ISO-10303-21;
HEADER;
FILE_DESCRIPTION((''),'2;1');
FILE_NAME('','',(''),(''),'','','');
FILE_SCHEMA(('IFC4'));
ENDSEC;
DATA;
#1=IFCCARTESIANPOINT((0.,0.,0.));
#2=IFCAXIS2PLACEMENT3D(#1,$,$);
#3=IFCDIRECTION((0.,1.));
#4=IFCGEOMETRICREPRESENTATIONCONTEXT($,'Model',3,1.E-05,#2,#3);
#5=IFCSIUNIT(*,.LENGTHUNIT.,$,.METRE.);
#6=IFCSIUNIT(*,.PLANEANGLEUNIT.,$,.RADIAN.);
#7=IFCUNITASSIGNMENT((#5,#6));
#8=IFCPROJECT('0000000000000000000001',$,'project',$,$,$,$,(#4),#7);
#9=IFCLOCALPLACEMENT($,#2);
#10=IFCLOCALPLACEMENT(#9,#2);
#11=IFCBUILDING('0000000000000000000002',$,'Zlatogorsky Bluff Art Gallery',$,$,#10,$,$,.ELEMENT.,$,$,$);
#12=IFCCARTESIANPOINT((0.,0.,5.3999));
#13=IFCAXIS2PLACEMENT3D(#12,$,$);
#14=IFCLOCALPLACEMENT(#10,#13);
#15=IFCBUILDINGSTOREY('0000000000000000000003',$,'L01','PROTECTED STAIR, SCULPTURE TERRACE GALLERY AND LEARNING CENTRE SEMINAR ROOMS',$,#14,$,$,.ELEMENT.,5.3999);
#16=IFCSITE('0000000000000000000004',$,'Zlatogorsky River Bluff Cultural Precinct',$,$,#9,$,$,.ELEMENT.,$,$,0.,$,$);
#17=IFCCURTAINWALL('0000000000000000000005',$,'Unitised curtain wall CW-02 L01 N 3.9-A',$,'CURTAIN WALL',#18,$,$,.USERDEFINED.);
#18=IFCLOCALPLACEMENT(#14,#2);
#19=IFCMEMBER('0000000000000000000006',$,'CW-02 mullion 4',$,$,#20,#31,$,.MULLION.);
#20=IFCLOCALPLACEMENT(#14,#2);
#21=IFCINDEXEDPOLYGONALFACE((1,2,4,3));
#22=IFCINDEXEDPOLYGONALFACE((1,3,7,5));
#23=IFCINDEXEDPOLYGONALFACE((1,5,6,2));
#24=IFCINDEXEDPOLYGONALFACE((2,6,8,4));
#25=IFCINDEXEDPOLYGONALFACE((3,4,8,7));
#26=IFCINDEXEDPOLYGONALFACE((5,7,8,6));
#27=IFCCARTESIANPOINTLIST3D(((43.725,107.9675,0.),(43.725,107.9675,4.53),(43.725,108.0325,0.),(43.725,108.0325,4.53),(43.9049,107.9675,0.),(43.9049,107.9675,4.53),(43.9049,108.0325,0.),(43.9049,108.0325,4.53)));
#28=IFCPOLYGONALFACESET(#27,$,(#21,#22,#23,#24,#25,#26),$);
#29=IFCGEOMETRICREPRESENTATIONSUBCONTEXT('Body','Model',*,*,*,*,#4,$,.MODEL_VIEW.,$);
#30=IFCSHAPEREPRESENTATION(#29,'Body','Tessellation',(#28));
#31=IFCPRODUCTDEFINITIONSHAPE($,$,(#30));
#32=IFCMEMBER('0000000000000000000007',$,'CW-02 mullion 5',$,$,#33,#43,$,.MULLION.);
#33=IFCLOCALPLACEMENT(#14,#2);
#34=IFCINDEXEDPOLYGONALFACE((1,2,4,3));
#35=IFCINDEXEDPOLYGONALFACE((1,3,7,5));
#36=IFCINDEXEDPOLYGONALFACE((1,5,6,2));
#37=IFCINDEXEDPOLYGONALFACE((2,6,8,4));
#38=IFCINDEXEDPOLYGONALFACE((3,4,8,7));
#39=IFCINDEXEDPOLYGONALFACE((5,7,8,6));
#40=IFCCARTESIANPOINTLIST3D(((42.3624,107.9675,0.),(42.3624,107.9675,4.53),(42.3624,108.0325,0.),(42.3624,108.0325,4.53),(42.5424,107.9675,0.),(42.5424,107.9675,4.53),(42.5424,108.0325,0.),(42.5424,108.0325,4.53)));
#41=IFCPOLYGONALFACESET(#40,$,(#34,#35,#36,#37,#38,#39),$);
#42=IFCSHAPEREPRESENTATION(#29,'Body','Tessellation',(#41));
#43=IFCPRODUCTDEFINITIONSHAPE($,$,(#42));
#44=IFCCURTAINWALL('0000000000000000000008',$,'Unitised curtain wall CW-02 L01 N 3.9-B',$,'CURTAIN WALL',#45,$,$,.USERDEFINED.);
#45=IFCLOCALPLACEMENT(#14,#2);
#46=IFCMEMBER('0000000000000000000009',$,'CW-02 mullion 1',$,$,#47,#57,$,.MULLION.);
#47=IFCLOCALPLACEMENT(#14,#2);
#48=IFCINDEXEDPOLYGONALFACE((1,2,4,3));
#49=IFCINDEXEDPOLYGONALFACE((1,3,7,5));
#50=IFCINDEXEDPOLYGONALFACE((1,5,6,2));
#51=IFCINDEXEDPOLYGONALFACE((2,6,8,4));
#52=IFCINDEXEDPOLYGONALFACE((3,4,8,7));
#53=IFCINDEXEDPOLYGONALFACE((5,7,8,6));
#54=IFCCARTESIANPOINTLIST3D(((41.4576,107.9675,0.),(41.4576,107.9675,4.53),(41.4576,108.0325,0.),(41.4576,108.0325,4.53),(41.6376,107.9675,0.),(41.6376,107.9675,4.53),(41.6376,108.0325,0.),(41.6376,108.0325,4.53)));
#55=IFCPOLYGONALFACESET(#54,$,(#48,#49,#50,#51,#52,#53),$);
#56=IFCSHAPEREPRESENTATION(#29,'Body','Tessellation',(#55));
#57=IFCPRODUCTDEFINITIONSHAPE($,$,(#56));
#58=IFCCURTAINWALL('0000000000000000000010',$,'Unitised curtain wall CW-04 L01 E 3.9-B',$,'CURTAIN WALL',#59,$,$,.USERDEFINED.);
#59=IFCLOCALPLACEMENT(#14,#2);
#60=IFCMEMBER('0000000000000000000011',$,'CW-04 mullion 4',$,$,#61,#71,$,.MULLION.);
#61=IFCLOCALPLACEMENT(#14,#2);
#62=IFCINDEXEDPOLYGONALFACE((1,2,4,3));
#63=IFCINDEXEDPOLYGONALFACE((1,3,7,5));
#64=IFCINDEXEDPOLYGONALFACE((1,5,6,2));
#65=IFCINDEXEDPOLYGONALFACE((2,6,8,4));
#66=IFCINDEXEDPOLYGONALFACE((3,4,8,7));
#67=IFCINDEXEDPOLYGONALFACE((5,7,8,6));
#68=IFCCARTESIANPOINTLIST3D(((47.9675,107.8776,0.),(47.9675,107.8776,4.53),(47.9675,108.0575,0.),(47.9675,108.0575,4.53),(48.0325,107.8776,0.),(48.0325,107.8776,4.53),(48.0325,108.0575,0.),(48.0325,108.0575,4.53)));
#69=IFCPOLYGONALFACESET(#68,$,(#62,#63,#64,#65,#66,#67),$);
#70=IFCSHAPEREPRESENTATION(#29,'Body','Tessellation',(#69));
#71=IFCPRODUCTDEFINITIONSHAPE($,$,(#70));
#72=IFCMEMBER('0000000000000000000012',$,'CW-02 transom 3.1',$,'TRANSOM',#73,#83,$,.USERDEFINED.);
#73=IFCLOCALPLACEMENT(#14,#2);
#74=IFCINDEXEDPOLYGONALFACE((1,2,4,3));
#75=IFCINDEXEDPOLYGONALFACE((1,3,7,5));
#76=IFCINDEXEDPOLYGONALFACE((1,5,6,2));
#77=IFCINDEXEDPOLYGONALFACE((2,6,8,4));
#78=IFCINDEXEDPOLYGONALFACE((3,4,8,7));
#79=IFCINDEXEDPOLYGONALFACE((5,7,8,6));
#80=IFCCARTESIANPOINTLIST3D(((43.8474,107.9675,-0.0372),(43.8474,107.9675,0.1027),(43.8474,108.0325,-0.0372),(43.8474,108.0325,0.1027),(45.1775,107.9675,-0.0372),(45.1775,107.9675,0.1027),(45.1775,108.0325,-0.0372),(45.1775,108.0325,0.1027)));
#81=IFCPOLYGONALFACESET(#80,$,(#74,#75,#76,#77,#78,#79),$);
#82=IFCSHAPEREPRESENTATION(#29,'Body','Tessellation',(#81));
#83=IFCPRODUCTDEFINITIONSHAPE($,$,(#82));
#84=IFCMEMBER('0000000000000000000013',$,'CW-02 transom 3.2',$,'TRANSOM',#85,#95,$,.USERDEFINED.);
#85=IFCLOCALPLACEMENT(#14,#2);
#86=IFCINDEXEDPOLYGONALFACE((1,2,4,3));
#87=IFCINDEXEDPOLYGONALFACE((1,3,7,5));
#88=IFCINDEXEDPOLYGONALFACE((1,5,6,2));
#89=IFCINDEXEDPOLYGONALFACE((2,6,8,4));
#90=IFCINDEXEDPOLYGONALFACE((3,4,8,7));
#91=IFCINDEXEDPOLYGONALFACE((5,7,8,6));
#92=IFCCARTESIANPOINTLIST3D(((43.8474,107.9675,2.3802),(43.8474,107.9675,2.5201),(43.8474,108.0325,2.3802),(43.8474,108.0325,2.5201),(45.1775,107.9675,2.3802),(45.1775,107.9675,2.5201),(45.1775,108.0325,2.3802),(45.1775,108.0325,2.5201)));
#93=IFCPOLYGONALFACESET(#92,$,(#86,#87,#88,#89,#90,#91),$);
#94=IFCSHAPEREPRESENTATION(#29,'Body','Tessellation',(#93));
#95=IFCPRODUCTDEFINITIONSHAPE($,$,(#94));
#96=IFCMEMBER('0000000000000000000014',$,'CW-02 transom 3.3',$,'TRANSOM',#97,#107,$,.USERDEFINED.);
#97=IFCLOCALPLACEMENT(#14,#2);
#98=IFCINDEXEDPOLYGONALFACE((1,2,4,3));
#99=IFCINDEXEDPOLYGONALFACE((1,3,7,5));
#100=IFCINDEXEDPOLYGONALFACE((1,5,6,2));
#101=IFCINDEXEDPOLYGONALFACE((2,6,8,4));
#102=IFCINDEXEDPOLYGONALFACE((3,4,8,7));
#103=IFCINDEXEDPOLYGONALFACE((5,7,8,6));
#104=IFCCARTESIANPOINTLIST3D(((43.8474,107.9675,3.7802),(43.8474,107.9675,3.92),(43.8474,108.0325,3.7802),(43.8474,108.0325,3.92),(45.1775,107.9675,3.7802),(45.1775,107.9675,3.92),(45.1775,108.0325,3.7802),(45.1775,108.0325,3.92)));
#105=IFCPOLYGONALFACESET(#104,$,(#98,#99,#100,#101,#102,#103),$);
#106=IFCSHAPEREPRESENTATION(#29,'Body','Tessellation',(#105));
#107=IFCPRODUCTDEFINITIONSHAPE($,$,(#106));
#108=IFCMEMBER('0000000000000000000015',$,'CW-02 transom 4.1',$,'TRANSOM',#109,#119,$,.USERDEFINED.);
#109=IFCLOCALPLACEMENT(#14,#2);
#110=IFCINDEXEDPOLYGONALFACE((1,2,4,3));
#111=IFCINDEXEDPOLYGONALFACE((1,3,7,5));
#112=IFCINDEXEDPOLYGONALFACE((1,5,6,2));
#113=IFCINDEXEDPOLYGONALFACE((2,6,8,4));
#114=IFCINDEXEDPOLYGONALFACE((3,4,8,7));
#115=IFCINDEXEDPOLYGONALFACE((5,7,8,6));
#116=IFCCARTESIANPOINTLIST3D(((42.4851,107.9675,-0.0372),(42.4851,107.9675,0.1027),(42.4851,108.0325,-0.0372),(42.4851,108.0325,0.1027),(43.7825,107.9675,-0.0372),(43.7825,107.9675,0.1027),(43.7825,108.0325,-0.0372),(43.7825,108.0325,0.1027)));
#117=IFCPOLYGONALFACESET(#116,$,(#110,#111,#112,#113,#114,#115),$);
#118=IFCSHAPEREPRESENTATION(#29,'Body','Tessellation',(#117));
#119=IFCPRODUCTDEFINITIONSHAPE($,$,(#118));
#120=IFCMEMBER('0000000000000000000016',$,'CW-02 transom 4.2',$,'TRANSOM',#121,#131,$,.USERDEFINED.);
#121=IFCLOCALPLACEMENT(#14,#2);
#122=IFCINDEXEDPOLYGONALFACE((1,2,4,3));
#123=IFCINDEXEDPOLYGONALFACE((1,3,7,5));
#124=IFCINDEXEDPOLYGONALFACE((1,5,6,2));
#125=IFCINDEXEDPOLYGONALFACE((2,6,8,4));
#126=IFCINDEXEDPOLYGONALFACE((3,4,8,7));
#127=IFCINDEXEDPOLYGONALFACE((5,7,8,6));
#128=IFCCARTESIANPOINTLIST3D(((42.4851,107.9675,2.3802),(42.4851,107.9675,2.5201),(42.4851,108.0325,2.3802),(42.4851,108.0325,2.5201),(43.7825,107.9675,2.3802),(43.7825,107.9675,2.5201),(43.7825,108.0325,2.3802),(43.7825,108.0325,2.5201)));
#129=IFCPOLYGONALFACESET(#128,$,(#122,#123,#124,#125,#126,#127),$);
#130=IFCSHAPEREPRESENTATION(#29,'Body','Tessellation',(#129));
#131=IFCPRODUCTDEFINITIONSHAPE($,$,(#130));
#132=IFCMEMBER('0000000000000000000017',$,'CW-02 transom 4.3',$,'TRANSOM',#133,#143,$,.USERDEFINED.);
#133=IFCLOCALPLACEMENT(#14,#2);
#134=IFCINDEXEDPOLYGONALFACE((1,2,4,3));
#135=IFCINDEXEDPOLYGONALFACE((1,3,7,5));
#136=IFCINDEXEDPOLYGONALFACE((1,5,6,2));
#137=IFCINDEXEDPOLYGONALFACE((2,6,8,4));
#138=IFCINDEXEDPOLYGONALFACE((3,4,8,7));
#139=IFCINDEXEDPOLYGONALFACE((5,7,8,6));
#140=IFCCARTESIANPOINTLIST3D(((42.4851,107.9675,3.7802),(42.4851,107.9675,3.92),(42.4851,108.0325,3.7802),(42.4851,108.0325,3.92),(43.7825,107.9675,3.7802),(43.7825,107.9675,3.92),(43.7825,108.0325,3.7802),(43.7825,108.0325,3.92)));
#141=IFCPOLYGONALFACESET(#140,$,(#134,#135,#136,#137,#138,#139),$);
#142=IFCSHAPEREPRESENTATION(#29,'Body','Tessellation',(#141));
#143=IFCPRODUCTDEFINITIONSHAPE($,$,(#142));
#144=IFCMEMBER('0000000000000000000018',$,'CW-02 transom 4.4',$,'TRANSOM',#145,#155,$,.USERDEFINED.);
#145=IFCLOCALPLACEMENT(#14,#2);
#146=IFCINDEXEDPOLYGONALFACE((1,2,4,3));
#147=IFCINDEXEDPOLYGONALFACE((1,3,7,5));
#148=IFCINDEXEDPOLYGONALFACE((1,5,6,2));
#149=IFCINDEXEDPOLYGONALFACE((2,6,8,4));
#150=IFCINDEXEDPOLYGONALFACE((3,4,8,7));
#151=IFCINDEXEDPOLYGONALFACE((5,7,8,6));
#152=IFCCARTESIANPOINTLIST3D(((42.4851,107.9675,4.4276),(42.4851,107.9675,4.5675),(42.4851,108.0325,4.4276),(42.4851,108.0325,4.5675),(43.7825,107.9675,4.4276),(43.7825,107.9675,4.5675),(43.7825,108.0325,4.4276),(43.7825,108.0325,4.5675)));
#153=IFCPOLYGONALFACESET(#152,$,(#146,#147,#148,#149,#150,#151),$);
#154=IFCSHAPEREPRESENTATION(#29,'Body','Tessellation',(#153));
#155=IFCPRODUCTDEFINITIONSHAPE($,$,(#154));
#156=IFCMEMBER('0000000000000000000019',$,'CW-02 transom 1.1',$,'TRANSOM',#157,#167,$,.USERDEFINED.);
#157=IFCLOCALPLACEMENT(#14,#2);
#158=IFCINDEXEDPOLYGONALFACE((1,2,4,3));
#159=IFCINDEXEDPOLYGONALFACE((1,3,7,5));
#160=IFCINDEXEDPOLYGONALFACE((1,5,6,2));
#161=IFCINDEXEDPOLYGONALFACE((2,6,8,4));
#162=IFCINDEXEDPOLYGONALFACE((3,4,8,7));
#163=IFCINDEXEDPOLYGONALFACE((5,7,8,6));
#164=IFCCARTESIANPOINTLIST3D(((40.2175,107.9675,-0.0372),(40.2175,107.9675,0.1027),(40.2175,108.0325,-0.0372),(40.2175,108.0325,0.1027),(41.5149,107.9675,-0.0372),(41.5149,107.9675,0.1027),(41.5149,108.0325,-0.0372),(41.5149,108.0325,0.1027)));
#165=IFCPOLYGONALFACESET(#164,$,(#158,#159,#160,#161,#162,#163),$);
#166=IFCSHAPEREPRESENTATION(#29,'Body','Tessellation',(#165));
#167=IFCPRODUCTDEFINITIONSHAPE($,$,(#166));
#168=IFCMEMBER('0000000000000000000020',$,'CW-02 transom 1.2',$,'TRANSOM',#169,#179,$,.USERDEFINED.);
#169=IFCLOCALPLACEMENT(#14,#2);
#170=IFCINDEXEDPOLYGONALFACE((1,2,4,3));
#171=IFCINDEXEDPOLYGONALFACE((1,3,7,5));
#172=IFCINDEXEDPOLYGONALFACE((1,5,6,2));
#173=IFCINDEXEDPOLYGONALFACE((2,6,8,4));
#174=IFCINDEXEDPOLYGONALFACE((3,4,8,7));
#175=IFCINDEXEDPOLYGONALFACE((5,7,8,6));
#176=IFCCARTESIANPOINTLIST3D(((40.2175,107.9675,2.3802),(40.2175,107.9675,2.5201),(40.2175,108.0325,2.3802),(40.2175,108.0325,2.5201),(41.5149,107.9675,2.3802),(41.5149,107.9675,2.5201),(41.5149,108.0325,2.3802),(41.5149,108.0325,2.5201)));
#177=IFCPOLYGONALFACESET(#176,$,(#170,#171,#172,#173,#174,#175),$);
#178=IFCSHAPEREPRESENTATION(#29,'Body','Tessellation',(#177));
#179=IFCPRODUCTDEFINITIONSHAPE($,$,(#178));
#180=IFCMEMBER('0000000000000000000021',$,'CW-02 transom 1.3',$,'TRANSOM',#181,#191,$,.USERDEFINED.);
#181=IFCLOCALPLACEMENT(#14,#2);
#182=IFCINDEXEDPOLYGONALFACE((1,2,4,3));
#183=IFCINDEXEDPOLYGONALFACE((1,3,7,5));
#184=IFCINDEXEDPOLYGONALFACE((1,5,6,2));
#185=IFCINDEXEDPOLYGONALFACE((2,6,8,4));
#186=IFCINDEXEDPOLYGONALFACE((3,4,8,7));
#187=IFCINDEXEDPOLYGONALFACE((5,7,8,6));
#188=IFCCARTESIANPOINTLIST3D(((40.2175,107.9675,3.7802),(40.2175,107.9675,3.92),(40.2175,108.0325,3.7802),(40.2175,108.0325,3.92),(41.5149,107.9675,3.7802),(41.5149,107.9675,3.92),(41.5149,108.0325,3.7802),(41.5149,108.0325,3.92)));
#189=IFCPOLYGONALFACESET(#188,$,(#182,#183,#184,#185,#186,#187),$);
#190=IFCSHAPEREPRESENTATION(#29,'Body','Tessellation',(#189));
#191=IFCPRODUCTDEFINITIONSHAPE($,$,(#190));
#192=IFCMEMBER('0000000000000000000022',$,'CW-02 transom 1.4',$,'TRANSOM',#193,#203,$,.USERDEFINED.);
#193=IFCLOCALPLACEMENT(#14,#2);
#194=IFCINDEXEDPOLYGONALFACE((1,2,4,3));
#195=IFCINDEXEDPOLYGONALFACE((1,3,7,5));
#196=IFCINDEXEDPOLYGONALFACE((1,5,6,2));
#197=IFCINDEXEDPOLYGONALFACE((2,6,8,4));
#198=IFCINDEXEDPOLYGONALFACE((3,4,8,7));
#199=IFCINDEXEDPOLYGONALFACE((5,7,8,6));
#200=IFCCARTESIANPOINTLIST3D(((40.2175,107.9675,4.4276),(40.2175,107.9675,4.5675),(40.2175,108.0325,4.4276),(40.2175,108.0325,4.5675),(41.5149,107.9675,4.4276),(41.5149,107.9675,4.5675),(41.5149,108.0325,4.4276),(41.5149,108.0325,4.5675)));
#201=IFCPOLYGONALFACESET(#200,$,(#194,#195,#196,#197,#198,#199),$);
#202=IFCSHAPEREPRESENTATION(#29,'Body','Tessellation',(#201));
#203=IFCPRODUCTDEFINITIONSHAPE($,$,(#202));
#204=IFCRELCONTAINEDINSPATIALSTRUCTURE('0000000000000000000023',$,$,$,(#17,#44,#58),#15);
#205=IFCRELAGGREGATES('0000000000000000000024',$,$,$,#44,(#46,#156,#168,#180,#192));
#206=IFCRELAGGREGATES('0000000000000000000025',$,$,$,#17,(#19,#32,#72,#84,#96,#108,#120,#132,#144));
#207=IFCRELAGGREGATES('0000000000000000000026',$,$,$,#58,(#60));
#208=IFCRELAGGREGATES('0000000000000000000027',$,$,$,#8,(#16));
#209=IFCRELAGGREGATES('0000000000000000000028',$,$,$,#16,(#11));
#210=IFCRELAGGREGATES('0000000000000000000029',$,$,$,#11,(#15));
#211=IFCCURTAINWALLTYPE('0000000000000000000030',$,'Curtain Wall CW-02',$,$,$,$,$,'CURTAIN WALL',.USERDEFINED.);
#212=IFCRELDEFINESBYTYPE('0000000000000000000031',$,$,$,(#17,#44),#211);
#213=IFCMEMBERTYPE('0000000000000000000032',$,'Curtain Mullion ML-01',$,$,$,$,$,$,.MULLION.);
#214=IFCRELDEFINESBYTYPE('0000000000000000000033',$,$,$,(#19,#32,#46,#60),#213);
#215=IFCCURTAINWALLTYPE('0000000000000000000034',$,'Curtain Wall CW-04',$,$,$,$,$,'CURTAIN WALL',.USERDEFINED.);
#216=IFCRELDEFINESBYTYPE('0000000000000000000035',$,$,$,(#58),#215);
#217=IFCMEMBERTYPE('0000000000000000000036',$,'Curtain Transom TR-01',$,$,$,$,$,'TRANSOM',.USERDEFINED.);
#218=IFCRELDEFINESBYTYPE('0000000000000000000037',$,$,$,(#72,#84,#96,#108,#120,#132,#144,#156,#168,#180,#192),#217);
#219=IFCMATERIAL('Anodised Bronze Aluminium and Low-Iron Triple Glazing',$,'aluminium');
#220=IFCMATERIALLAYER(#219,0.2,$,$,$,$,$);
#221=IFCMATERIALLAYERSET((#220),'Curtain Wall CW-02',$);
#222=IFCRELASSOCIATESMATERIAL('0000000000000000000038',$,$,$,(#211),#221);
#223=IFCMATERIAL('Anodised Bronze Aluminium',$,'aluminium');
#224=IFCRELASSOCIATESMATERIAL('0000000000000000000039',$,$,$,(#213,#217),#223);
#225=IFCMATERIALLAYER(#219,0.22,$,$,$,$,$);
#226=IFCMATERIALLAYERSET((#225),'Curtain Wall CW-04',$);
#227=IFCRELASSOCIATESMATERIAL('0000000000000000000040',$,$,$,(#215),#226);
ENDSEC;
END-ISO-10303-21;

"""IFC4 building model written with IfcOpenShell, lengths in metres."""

from ifc_helpers import new_model, si_unit, direction, frame, origin, origin_2d, place, context, subcontext, project, spatial, rectangle, extrude, material, layer, layer_set, material_profile, profile_set, type_object, element, aggregate, save


model = new_model("IFC4")

# Units and contexts
model_context = context("Model", 3, precision=1e-05, world=origin(), true_north=direction((0.0, 1.0)))
body_context = subcontext(model_context, "Body", "Model", "MODEL_VIEW")
ifc_project = project(units=[si_unit("LENGTHUNIT", "METRE"), si_unit("PLANEANGLEUNIT", "RADIAN")], contexts=[model_context])

# Site, building, storey
site_placement = place(None, origin())
site = spatial("IfcSite", under=ifc_project, at=site_placement, Name="Zlatogorsky River Bluff Cultural Precinct", CompositionType="ELEMENT", RefElevation=0.0)
building_placement = place(site_placement, origin())
building = spatial("IfcBuilding", under=site, at=building_placement, Name="Zlatogorsky Bluff Art Gallery", CompositionType="ELEMENT")
storey_placement = place(building_placement, frame((0.0, 0.0, 5.3999)))
storey = spatial("IfcBuildingStorey", under=building, at=storey_placement, Name="L01", Description="PROTECTED STAIR, SCULPTURE TERRACE GALLERY AND LEARNING CENTRE SEMINAR ROOMS", CompositionType="ELEMENT", Elevation=5.3999)

# Curtain wall, members
ifc_material_1 = material(Name="Anodised Bronze Aluminium and Low-Iron Triple Glazing", Category="aluminium")
ifc_layer_1 = layer(ifc_material_1, 0.2)
ifc_layer_set_1 = layer_set([ifc_layer_1], Name="Curtain Wall CW-02")
curtain_wall_type_1 = type_object("IfcCurtainWallType", Name="Curtain Wall CW-02", ElementType="CURTAIN WALL", PredefinedType="USERDEFINED", material=ifc_layer_set_1)
curtain_wall_1_placement = place(storey_placement, origin())
curtain_wall_1 = element("IfcCurtainWall", 1, at=curtain_wall_1_placement, inside=storey, type_object=curtain_wall_type_1, Name="Unitised curtain wall CW-02 L01 N 3.9-A", ObjectType="CURTAIN WALL", PredefinedType="USERDEFINED")
ifc_material_2 = material(Name="Anodised Bronze Aluminium", Category="aluminium")
ifc_material_profile_1 = material_profile(ifc_material_2, rectangle(XDim=0.0649, YDim=0.1799, at=origin_2d()), Name="ALU MULLION 65x180")
ifc_profile_set_1 = profile_set([ifc_material_profile_1], Name="Anodised Bronze Aluminium")
member_type_1 = type_object("IfcMemberType", Name="Curtain Mullion ML-01", PredefinedType="MULLION", material=ifc_profile_set_1)
member_1_placement = place(storey_placement, frame((43.8149, 108.0, 0.0), z_axis=(0.0, 0.0, 1.0), x_axis=(0.0, -1.0, 0.0)))
member_1 = element("IfcMember", 2, at=member_1_placement, type_object=member_type_1, Name="CW-02 mullion 4", PredefinedType="MULLION", context=body_context, shape_type="SweptSolid", body=[
    extrude(rectangle(XDim=0.0649, YDim=0.1799, at=origin_2d()), origin(), (0.0, 0.0, 1.0), 4.53),
])
member_2_placement = place(storey_placement, frame((42.4524, 108.0, 0.0), z_axis=(0.0, 0.0, 1.0), x_axis=(0.0, -1.0, 0.0)))
member_2 = element("IfcMember", 3, at=member_2_placement, type_object=member_type_1, Name="CW-02 mullion 5", PredefinedType="MULLION", context=body_context, shape_type="SweptSolid", body=[
    extrude(rectangle(XDim=0.0649, YDim=0.1799, at=origin_2d()), origin(), (0.0, 0.0, 1.0), 4.53),
])

# Curtain walls, members
curtain_wall_2_placement = place(storey_placement, origin())
curtain_wall_2 = element("IfcCurtainWall", 4, at=curtain_wall_2_placement, inside=storey, type_object=curtain_wall_type_1, Name="Unitised curtain wall CW-02 L01 N 3.9-B", ObjectType="CURTAIN WALL", PredefinedType="USERDEFINED")
member_3_placement = place(storey_placement, frame((41.5476, 108.0, 0.0), z_axis=(0.0, 0.0, 1.0), x_axis=(0.0, -1.0, 0.0)))
member_3 = element("IfcMember", 5, at=member_3_placement, type_object=member_type_1, Name="CW-02 mullion 1", PredefinedType="MULLION", context=body_context, shape_type="SweptSolid", body=[
    extrude(rectangle(XDim=0.0649, YDim=0.1799, at=origin_2d()), origin(), (0.0, 0.0, 1.0), 4.53),
])
ifc_layer_2 = layer(ifc_material_1, 0.22)
ifc_layer_set_2 = layer_set([ifc_layer_2], Name="Curtain Wall CW-04")
curtain_wall_type_2 = type_object("IfcCurtainWallType", Name="Curtain Wall CW-04", ElementType="CURTAIN WALL", PredefinedType="USERDEFINED", material=ifc_layer_set_2)
curtain_wall_3_placement = place(storey_placement, origin())
curtain_wall_3 = element("IfcCurtainWall", 6, at=curtain_wall_3_placement, inside=storey, type_object=curtain_wall_type_2, Name="Unitised curtain wall CW-04 L01 E 3.9-B", ObjectType="CURTAIN WALL", PredefinedType="USERDEFINED")
member_4_placement = place(storey_placement, frame((48.0, 107.9675, 0.0), z_axis=(0.0, 0.0, 1.0), x_axis=(-1.0, 0.0, 0.0)))
member_4 = element("IfcMember", 7, at=member_4_placement, type_object=member_type_1, Name="CW-04 mullion 4", PredefinedType="MULLION", context=body_context, shape_type="SweptSolid", body=[
    extrude(rectangle(XDim=0.0649, YDim=0.1799, at=origin_2d()), origin(), (0.0, 0.0, 1.0), 4.53),
])

# Members
ifc_material_profile_2 = material_profile(ifc_material_2, rectangle(XDim=0.0649, YDim=0.1399, at=origin_2d()), Name="ALU TRANSOM 65x140")
ifc_profile_set_2 = profile_set([ifc_material_profile_2], Name="Anodised Bronze Aluminium")
member_type_2 = type_object("IfcMemberType", Name="Curtain Transom TR-01", ElementType="TRANSOM", PredefinedType="USERDEFINED", material=ifc_profile_set_2)
member_5_placement = place(storey_placement, frame((45.1775, 108.0, 0.0327), z_axis=(-1.0, 0.0, 0.0), x_axis=(0.0, -1.0, 0.0)))
member_5 = element("IfcMember", 8, at=member_5_placement, type_object=member_type_2, Name="CW-02 transom 3.1", ObjectType="TRANSOM", PredefinedType="USERDEFINED", context=body_context, shape_type="SweptSolid", body=[
    extrude(rectangle(XDim=0.0649, YDim=0.1399, at=origin_2d()), origin(), (0.0, 0.0, 1.0), 1.3301),
])
member_6_placement = place(storey_placement, frame((45.1775, 108.0, 2.4502), z_axis=(-1.0, 0.0, 0.0), x_axis=(0.0, -1.0, 0.0)))
member_6 = element("IfcMember", 9, at=member_6_placement, type_object=member_type_2, Name="CW-02 transom 3.2", ObjectType="TRANSOM", PredefinedType="USERDEFINED", context=body_context, shape_type="SweptSolid", body=[
    extrude(rectangle(XDim=0.0649, YDim=0.1399, at=origin_2d()), origin(), (0.0, 0.0, 1.0), 1.3301),
])
member_7_placement = place(storey_placement, frame((45.1775, 108.0, 3.8501), z_axis=(-1.0, 0.0, 0.0), x_axis=(0.0, -1.0, 0.0)))
member_7 = element("IfcMember", 10, at=member_7_placement, type_object=member_type_2, Name="CW-02 transom 3.3", ObjectType="TRANSOM", PredefinedType="USERDEFINED", context=body_context, shape_type="SweptSolid", body=[
    extrude(rectangle(XDim=0.0649, YDim=0.1399, at=origin_2d()), origin(), (0.0, 0.0, 1.0), 1.3301),
])
member_8_placement = place(storey_placement, frame((43.7825, 108.0, 0.0327), z_axis=(-1.0, 0.0, 0.0), x_axis=(0.0, -1.0, 0.0)))
member_8 = element("IfcMember", 11, at=member_8_placement, type_object=member_type_2, Name="CW-02 transom 4.1", ObjectType="TRANSOM", PredefinedType="USERDEFINED", context=body_context, shape_type="SweptSolid", body=[
    extrude(rectangle(XDim=0.0649, YDim=0.1399, at=origin_2d()), origin(), (0.0, 0.0, 1.0), 1.2974),
])
member_9_placement = place(storey_placement, frame((43.7825, 108.0, 2.4502), z_axis=(-1.0, 0.0, 0.0), x_axis=(0.0, -1.0, 0.0)))
member_9 = element("IfcMember", 12, at=member_9_placement, type_object=member_type_2, Name="CW-02 transom 4.2", ObjectType="TRANSOM", PredefinedType="USERDEFINED", context=body_context, shape_type="SweptSolid", body=[
    extrude(rectangle(XDim=0.0649, YDim=0.1399, at=origin_2d()), origin(), (0.0, 0.0, 1.0), 1.2974),
])
member_10_placement = place(storey_placement, frame((43.7825, 108.0, 3.8501), z_axis=(-1.0, 0.0, 0.0), x_axis=(0.0, -1.0, 0.0)))
member_10 = element("IfcMember", 13, at=member_10_placement, type_object=member_type_2, Name="CW-02 transom 4.3", ObjectType="TRANSOM", PredefinedType="USERDEFINED", context=body_context, shape_type="SweptSolid", body=[
    extrude(rectangle(XDim=0.0649, YDim=0.1399, at=origin_2d()), origin(), (0.0, 0.0, 1.0), 1.2974),
])
member_11_placement = place(storey_placement, frame((43.7825, 108.0, 4.4976), z_axis=(-1.0, 0.0, 0.0), x_axis=(0.0, -1.0, 0.0)))
member_11 = element("IfcMember", 14, at=member_11_placement, type_object=member_type_2, Name="CW-02 transom 4.4", ObjectType="TRANSOM", PredefinedType="USERDEFINED", context=body_context, shape_type="SweptSolid", body=[
    extrude(rectangle(XDim=0.0649, YDim=0.1399, at=origin_2d()), origin(), (0.0, 0.0, 1.0), 1.2974),
])
member_12_placement = place(storey_placement, frame((41.5149, 108.0, 0.0327), z_axis=(-1.0, 0.0, 0.0), x_axis=(0.0, -1.0, 0.0)))
member_12 = element("IfcMember", 15, at=member_12_placement, type_object=member_type_2, Name="CW-02 transom 1.1", ObjectType="TRANSOM", PredefinedType="USERDEFINED", context=body_context, shape_type="SweptSolid", body=[
    extrude(rectangle(XDim=0.0649, YDim=0.1399, at=origin_2d()), origin(), (0.0, 0.0, 1.0), 1.2974),
])
member_13_placement = place(storey_placement, frame((41.5149, 108.0, 2.4502), z_axis=(-1.0, 0.0, 0.0), x_axis=(0.0, -1.0, 0.0)))
member_13 = element("IfcMember", 16, at=member_13_placement, type_object=member_type_2, Name="CW-02 transom 1.2", ObjectType="TRANSOM", PredefinedType="USERDEFINED", context=body_context, shape_type="SweptSolid", body=[
    extrude(rectangle(XDim=0.0649, YDim=0.1399, at=origin_2d()), origin(), (0.0, 0.0, 1.0), 1.2974),
])
member_14_placement = place(storey_placement, frame((41.5149, 108.0, 3.8501), z_axis=(-1.0, 0.0, 0.0), x_axis=(0.0, -1.0, 0.0)))
member_14 = element("IfcMember", 17, at=member_14_placement, type_object=member_type_2, Name="CW-02 transom 1.3", ObjectType="TRANSOM", PredefinedType="USERDEFINED", context=body_context, shape_type="SweptSolid", body=[
    extrude(rectangle(XDim=0.0649, YDim=0.1399, at=origin_2d()), origin(), (0.0, 0.0, 1.0), 1.2974),
])
member_15_placement = place(storey_placement, frame((41.5149, 108.0, 4.4976), z_axis=(-1.0, 0.0, 0.0), x_axis=(0.0, -1.0, 0.0)))
member_15 = element("IfcMember", 18, at=member_15_placement, type_object=member_type_2, Name="CW-02 transom 1.4", ObjectType="TRANSOM", PredefinedType="USERDEFINED", context=body_context, shape_type="SweptSolid", body=[
    extrude(rectangle(XDim=0.0649, YDim=0.1399, at=origin_2d()), origin(), (0.0, 0.0, 1.0), 1.2974),
])
aggregate(curtain_wall_2, [member_3, member_12, member_13, member_14, member_15])

aggregate(curtain_wall_1, [member_1, member_2, member_5, member_6, member_7, member_8, member_9, member_10, member_11])
aggregate(curtain_wall_3, [member_4])

save(model, "model.ifc")
